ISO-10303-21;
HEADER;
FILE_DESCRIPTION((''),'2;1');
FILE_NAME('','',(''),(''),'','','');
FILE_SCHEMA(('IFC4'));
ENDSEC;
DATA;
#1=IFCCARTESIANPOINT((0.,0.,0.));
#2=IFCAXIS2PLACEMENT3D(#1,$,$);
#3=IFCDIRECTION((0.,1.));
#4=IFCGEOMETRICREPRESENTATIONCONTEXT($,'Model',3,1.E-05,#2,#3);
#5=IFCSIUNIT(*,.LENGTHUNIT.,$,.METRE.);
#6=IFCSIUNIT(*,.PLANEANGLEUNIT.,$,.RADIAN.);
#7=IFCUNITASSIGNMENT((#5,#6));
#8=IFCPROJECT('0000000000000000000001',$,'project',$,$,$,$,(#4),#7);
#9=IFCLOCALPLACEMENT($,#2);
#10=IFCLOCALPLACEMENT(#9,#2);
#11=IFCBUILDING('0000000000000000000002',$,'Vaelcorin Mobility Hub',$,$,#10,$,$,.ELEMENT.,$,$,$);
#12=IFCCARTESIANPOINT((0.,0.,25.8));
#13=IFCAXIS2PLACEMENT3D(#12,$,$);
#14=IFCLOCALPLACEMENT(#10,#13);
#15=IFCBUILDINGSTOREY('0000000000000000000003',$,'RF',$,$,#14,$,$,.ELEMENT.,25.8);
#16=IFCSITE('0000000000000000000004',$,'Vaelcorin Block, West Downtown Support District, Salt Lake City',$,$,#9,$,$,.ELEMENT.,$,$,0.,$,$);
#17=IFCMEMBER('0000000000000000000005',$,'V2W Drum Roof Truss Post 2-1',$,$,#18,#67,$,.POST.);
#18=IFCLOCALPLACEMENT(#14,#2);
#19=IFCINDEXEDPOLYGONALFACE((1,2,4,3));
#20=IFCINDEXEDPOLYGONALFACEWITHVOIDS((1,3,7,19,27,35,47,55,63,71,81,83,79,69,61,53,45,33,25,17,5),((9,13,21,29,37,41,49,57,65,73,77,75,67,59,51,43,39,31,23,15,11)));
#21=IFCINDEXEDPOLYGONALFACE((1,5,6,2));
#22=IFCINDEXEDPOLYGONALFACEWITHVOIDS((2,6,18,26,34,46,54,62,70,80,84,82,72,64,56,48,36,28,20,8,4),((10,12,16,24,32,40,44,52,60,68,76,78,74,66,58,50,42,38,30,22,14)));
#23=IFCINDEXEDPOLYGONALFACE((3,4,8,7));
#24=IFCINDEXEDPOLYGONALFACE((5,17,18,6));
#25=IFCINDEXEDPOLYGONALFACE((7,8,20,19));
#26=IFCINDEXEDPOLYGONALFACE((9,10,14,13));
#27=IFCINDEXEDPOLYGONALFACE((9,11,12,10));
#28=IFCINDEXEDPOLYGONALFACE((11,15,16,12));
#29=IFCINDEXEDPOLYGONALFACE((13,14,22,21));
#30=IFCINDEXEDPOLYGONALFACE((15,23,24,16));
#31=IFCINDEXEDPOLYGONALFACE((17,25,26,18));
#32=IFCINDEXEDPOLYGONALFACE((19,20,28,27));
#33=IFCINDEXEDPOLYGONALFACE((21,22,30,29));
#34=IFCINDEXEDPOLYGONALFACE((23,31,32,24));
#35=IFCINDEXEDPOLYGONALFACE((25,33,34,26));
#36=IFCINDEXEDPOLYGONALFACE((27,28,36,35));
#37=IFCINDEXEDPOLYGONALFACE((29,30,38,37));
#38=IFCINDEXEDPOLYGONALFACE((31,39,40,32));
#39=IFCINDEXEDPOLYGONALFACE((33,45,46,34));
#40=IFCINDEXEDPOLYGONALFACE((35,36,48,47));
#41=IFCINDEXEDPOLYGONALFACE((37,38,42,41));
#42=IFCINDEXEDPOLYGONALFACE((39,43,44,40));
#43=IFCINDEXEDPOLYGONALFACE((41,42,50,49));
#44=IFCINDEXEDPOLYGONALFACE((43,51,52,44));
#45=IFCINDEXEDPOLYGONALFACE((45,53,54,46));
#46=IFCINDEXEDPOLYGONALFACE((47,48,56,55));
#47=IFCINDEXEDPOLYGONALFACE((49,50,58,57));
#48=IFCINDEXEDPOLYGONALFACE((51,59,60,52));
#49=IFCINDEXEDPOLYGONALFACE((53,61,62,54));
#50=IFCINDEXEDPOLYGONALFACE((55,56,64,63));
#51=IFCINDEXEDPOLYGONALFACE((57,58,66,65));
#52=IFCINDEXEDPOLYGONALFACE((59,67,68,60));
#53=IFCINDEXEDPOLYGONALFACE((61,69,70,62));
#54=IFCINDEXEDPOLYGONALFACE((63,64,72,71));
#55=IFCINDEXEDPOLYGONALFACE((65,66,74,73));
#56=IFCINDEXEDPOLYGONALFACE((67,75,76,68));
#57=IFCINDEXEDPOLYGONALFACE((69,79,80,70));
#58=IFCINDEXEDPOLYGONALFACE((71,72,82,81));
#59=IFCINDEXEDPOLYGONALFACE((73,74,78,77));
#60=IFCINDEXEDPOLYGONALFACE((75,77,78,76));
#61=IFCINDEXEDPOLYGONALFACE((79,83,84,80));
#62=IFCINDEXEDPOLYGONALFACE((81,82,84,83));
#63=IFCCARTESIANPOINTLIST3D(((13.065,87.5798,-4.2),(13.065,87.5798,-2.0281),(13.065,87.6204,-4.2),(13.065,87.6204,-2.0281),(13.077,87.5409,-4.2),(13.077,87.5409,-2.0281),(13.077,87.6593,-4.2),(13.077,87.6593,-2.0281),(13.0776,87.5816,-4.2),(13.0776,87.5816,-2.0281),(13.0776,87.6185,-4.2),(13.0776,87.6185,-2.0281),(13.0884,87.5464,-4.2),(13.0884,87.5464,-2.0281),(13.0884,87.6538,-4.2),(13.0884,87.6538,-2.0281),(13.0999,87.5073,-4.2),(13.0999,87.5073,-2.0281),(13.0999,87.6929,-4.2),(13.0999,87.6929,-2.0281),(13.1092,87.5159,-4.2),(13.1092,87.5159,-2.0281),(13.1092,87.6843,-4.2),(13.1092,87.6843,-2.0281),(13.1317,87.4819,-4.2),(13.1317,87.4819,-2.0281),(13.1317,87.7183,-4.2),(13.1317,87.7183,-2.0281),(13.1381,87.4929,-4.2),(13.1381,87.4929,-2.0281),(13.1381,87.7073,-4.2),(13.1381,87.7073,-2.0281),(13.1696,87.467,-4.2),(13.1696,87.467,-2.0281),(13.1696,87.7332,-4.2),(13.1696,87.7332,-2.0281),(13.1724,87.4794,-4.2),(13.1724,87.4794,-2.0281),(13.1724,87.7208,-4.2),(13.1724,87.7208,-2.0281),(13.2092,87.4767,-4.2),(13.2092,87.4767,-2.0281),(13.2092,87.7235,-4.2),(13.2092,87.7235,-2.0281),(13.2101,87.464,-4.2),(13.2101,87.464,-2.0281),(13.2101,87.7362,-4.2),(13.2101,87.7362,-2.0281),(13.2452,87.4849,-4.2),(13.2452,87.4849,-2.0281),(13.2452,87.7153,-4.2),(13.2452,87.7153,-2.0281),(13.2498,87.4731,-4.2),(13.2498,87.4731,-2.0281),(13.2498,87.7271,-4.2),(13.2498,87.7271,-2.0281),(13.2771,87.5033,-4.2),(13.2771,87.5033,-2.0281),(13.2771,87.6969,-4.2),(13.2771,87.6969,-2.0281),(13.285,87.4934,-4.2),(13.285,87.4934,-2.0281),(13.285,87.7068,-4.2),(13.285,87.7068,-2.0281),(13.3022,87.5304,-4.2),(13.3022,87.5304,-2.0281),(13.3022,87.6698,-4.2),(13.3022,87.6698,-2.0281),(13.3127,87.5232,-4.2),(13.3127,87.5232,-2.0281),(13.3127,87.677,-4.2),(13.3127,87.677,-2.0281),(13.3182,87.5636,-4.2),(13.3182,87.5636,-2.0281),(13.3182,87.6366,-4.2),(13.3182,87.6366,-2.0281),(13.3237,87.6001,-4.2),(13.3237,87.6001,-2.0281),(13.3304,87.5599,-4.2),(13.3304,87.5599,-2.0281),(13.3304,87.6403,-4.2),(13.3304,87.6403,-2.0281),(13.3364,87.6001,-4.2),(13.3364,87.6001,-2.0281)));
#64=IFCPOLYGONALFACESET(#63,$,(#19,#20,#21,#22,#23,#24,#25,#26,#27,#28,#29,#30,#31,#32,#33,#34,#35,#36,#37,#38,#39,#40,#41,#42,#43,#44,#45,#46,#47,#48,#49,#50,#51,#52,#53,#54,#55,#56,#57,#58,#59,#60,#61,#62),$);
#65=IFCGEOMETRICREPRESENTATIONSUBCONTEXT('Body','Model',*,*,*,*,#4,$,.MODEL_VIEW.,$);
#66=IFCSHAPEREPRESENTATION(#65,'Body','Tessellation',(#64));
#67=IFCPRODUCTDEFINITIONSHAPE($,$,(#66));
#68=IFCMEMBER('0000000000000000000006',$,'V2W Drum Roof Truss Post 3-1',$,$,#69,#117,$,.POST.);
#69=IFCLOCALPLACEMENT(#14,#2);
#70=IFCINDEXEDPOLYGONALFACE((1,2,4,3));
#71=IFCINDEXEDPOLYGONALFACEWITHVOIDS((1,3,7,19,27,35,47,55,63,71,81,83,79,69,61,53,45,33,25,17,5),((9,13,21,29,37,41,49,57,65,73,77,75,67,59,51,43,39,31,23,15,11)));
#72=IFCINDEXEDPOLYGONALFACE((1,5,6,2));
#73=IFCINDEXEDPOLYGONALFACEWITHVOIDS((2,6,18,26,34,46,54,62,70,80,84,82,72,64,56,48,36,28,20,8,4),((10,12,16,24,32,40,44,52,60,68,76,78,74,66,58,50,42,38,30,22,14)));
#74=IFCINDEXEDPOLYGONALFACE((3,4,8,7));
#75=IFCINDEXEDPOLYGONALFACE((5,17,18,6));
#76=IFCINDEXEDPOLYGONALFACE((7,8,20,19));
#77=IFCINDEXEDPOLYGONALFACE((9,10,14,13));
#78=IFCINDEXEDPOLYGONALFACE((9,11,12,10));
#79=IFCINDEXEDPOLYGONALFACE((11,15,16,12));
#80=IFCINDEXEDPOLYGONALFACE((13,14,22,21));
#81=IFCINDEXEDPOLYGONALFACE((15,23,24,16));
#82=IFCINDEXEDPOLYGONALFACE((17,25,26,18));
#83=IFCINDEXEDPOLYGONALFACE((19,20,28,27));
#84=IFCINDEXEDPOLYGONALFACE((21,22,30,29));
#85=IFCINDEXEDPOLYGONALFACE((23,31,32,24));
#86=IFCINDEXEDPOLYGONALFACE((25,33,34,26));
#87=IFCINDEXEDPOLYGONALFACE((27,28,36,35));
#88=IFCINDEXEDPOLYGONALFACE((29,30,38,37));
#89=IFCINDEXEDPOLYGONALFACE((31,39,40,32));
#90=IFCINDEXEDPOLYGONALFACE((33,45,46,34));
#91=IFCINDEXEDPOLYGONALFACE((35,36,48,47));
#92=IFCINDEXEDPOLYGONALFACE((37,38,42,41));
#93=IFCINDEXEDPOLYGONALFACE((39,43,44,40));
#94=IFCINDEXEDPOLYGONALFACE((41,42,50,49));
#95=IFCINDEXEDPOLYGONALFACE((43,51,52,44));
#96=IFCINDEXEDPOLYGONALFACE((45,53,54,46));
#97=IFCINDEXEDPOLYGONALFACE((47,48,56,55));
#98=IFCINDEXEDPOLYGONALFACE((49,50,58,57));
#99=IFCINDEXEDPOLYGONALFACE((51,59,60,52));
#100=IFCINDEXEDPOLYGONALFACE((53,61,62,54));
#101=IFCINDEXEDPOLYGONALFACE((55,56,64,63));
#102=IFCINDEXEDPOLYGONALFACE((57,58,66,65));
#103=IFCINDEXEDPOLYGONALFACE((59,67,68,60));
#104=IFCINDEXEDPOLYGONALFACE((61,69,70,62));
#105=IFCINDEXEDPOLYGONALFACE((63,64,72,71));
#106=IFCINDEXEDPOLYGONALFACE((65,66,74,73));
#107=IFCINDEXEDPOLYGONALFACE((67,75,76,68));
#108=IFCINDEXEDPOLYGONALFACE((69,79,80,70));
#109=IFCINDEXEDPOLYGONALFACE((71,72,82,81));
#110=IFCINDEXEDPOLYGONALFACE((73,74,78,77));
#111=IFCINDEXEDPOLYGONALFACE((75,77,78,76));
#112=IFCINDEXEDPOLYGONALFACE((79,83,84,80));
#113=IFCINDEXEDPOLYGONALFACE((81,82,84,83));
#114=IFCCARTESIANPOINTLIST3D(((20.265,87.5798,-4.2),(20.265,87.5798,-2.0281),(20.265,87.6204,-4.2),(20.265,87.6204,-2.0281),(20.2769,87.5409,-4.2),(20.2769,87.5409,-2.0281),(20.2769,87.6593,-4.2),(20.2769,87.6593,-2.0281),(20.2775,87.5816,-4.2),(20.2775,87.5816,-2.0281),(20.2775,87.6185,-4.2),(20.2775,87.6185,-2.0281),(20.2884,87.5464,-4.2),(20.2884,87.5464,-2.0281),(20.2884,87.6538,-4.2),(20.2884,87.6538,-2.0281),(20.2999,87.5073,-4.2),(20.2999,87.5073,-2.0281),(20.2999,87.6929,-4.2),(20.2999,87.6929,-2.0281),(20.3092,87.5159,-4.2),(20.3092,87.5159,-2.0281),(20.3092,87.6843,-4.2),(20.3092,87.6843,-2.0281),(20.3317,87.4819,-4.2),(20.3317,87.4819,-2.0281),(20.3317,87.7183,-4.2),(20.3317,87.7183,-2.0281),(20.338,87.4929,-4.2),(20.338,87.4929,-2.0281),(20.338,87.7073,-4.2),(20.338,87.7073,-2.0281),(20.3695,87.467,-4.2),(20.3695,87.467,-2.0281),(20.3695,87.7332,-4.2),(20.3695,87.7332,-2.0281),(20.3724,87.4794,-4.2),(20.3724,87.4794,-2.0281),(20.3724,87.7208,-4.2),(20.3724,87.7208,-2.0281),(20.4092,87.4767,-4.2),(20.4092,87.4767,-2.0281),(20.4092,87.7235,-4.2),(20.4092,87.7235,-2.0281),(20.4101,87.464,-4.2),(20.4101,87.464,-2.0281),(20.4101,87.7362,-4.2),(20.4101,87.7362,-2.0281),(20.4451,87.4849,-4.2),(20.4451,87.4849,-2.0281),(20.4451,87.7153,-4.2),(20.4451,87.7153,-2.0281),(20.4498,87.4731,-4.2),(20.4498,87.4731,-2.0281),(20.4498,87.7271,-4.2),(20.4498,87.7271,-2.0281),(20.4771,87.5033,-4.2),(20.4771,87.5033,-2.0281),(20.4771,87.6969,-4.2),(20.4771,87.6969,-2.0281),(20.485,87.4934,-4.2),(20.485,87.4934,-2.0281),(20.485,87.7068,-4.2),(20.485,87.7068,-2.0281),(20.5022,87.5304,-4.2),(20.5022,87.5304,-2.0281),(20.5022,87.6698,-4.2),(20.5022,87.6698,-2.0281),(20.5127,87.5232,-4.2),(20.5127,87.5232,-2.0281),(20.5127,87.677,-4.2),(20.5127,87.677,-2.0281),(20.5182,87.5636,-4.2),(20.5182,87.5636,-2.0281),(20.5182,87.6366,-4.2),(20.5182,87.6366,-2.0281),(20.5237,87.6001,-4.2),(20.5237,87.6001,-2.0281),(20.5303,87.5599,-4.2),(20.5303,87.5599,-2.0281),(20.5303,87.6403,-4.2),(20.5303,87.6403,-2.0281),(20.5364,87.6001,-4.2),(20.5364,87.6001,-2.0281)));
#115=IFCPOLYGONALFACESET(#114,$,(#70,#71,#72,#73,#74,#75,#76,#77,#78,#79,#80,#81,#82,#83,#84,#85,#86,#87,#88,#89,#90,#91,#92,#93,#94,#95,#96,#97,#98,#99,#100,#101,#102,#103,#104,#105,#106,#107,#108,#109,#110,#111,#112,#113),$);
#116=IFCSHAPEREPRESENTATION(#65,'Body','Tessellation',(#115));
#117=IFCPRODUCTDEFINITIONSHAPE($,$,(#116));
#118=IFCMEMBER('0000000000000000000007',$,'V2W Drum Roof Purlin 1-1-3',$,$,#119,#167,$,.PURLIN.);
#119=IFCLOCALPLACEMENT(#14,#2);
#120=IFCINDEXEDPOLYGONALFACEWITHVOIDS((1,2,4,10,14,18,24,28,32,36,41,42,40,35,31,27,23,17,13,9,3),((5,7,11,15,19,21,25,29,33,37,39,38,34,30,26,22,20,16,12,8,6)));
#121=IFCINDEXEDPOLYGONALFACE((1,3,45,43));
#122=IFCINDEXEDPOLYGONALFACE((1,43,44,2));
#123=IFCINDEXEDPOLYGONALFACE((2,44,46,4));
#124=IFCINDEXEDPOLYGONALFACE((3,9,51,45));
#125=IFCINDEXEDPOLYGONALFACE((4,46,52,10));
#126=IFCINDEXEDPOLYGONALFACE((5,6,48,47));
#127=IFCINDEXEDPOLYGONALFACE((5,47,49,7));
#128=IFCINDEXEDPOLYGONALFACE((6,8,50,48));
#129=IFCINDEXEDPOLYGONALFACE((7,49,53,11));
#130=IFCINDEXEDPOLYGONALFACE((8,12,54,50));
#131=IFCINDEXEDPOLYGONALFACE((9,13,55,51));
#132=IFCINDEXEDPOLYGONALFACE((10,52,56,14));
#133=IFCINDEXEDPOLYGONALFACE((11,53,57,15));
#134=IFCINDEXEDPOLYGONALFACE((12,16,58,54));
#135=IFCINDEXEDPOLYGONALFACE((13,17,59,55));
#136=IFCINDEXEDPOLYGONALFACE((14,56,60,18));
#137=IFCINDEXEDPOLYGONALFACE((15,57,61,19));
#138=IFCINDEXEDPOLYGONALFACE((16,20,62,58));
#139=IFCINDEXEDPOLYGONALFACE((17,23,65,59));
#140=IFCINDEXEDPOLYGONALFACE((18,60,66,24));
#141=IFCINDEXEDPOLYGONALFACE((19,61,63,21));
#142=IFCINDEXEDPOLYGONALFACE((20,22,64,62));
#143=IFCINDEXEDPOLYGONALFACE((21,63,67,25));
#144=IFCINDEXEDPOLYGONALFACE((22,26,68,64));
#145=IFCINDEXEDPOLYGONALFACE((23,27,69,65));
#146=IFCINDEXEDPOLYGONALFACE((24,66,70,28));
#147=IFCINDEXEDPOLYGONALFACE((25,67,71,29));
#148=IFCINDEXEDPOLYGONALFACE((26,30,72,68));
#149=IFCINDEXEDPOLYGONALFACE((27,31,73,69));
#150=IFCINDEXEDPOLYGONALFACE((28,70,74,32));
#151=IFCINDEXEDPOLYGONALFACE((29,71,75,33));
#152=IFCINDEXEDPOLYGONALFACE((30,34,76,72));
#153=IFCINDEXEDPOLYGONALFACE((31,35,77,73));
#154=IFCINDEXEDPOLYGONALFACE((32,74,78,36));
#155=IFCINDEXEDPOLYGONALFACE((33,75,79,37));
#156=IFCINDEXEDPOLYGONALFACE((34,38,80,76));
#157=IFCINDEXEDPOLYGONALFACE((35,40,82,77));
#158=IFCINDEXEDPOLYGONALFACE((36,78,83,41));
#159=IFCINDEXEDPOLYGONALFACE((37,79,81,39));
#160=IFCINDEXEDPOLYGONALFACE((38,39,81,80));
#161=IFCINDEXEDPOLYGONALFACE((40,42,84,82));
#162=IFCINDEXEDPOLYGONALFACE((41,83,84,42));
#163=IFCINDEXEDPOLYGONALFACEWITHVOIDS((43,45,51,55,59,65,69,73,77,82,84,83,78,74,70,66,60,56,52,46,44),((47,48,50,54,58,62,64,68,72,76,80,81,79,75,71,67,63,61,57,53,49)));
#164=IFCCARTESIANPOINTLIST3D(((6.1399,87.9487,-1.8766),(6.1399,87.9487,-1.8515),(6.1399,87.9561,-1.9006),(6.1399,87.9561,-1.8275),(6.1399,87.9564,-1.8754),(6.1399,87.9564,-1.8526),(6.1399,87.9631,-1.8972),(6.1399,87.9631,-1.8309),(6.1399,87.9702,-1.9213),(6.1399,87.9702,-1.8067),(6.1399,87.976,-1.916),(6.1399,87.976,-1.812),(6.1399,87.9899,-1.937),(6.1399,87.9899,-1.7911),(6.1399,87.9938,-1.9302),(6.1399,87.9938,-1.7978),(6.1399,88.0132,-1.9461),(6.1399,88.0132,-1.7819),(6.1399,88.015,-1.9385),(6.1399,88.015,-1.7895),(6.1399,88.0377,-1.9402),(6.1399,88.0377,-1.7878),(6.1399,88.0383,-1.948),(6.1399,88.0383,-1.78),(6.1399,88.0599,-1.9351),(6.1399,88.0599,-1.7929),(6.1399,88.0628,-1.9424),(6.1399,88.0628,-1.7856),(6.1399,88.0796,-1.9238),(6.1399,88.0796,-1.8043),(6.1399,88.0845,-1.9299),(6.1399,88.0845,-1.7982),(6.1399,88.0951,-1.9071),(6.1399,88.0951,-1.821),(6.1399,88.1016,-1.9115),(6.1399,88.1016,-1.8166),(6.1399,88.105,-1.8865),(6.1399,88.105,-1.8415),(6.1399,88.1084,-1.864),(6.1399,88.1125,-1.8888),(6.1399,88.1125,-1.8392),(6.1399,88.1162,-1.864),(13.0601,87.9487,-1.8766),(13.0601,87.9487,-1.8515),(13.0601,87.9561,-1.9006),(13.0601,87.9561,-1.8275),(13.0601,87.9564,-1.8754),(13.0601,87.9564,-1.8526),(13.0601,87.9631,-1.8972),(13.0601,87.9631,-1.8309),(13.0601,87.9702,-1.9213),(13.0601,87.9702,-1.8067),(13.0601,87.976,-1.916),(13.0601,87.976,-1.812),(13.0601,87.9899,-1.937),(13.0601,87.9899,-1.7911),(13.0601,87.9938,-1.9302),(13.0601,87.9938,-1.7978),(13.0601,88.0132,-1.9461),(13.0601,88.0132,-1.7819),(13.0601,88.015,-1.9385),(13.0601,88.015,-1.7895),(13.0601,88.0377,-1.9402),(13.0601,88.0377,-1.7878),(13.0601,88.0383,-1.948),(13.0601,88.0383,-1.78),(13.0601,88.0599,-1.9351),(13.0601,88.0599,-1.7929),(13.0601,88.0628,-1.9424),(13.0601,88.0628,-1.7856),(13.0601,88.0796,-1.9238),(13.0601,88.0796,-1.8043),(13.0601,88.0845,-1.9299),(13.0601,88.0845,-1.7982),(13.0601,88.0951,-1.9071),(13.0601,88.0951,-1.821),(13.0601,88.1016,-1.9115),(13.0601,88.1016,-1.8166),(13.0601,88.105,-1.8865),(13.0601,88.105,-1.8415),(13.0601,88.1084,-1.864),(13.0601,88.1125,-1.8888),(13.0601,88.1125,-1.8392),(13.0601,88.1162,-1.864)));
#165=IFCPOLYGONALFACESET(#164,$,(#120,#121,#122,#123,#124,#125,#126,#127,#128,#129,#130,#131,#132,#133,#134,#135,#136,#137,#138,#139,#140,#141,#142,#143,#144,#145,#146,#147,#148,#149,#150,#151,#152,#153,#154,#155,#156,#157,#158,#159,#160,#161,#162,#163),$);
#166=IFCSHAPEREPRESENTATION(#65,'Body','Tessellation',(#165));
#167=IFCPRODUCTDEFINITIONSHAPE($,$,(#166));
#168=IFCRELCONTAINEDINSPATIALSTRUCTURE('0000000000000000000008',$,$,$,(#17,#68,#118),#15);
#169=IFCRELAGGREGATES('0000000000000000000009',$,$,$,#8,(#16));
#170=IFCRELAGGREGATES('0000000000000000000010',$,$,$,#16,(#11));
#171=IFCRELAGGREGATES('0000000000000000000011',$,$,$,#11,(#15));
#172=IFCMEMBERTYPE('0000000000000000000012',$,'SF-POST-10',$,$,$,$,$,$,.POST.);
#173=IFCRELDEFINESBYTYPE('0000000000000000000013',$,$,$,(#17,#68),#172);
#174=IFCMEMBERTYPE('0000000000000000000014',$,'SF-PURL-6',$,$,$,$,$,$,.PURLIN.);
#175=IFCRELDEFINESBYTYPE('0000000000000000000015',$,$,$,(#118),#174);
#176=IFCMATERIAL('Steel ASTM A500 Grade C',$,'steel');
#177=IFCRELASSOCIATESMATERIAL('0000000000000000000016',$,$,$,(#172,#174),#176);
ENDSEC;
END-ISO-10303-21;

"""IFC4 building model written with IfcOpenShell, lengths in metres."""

from ifc_helpers import new_model, si_unit, direction, frame, origin, origin_2d, place, context, subcontext, project, spatial, hollow_circle, extrude, material, material_profile, profile_set, type_object, element, save


model = new_model("IFC4")

# Units and contexts
model_context = context("Model", 3, precision=1e-05, world=origin(), true_north=direction((0.0, 1.0)))
body_context = subcontext(model_context, "Body", "Model", "MODEL_VIEW")
ifc_project = project(units=[si_unit("LENGTHUNIT", "METRE"), si_unit("PLANEANGLEUNIT", "RADIAN")], contexts=[model_context])

# Site, building, storey
site_placement = place(None, origin())
site = spatial("IfcSite", under=ifc_project, at=site_placement, Name="Vaelcorin Block, West Downtown Support District, Salt Lake City", CompositionType="ELEMENT", RefElevation=0.0)
building_placement = place(site_placement, origin())
building = spatial("IfcBuilding", under=site, at=building_placement, Name="Vaelcorin Mobility Hub", CompositionType="ELEMENT")
storey_placement = place(building_placement, frame((0.0, 0.0, 25.8)))
storey = spatial("IfcBuildingStorey", under=building, at=storey_placement, Name="RF", CompositionType="ELEMENT", Elevation=25.8)

# Members
ifc_material_1 = material(Name="Steel ASTM A500 Grade C", Category="steel")
ifc_material_profile_1 = material_profile(ifc_material_1, hollow_circle(Radius=0.1365, WallThickness=0.0127, at=origin_2d()), Name="HSS10.750X0.500")
ifc_profile_set_1 = profile_set([ifc_material_profile_1], Name="Steel ASTM A500 Grade C")
member_type_1 = type_object("IfcMemberType", Name="SF-POST-10", PredefinedType="POST", material=ifc_profile_set_1)
for number, where, z_axis, x_axis, name in (
    (1, (13.2, 87.6001, -4.2), (0.0, 0.0, 1.0), (1.0, 0.0, 0.0), "V2W Drum Roof Truss Post 2-1"),
    (2, (20.3999, 87.6001, -4.2), (0.0, 0.0, 1.0), (1.0, 0.0, 0.0), "V2W Drum Roof Truss Post 3-1"),
):
    element("IfcMember", number, at=place(storey_placement, frame(where, z_axis=z_axis, x_axis=x_axis)), inside=storey, type_object=member_type_1, Name=name, PredefinedType="POST", context=body_context, shape_type="SweptSolid", body=[
        extrude(hollow_circle(Radius=0.1365, WallThickness=0.0127, at=origin_2d()), origin(), (0.0, 0.0, 1.0), 2.1719),
    ])
ifc_material_profile_2 = material_profile(ifc_material_1, hollow_circle(Radius=0.0842, WallThickness=0.0078, at=origin_2d()), Name="HSS6.625X0.312")
ifc_profile_set_2 = profile_set([ifc_material_profile_2], Name="Steel ASTM A500 Grade C")
member_type_2 = type_object("IfcMemberType", Name="SF-PURL-6", PredefinedType="PURLIN", material=ifc_profile_set_2)
for number, where, z_axis, x_axis, name in (
    (3, (6.1399, 88.032, -1.864), (1.0, 0.0, 0.0), (0.0, 1.0, 0.0), "V2W Drum Roof Purlin 1-1-3"),
):
    element("IfcMember", number, at=place(storey_placement, frame(where, z_axis=z_axis, x_axis=x_axis)), inside=storey, type_object=member_type_2, Name=name, PredefinedType="PURLIN", context=body_context, shape_type="SweptSolid", body=[
        extrude(hollow_circle(Radius=0.0842, WallThickness=0.0078, at=origin_2d()), origin(), (0.0, 0.0, 1.0), 6.9202),
    ])

save(model, "model.ifc")
